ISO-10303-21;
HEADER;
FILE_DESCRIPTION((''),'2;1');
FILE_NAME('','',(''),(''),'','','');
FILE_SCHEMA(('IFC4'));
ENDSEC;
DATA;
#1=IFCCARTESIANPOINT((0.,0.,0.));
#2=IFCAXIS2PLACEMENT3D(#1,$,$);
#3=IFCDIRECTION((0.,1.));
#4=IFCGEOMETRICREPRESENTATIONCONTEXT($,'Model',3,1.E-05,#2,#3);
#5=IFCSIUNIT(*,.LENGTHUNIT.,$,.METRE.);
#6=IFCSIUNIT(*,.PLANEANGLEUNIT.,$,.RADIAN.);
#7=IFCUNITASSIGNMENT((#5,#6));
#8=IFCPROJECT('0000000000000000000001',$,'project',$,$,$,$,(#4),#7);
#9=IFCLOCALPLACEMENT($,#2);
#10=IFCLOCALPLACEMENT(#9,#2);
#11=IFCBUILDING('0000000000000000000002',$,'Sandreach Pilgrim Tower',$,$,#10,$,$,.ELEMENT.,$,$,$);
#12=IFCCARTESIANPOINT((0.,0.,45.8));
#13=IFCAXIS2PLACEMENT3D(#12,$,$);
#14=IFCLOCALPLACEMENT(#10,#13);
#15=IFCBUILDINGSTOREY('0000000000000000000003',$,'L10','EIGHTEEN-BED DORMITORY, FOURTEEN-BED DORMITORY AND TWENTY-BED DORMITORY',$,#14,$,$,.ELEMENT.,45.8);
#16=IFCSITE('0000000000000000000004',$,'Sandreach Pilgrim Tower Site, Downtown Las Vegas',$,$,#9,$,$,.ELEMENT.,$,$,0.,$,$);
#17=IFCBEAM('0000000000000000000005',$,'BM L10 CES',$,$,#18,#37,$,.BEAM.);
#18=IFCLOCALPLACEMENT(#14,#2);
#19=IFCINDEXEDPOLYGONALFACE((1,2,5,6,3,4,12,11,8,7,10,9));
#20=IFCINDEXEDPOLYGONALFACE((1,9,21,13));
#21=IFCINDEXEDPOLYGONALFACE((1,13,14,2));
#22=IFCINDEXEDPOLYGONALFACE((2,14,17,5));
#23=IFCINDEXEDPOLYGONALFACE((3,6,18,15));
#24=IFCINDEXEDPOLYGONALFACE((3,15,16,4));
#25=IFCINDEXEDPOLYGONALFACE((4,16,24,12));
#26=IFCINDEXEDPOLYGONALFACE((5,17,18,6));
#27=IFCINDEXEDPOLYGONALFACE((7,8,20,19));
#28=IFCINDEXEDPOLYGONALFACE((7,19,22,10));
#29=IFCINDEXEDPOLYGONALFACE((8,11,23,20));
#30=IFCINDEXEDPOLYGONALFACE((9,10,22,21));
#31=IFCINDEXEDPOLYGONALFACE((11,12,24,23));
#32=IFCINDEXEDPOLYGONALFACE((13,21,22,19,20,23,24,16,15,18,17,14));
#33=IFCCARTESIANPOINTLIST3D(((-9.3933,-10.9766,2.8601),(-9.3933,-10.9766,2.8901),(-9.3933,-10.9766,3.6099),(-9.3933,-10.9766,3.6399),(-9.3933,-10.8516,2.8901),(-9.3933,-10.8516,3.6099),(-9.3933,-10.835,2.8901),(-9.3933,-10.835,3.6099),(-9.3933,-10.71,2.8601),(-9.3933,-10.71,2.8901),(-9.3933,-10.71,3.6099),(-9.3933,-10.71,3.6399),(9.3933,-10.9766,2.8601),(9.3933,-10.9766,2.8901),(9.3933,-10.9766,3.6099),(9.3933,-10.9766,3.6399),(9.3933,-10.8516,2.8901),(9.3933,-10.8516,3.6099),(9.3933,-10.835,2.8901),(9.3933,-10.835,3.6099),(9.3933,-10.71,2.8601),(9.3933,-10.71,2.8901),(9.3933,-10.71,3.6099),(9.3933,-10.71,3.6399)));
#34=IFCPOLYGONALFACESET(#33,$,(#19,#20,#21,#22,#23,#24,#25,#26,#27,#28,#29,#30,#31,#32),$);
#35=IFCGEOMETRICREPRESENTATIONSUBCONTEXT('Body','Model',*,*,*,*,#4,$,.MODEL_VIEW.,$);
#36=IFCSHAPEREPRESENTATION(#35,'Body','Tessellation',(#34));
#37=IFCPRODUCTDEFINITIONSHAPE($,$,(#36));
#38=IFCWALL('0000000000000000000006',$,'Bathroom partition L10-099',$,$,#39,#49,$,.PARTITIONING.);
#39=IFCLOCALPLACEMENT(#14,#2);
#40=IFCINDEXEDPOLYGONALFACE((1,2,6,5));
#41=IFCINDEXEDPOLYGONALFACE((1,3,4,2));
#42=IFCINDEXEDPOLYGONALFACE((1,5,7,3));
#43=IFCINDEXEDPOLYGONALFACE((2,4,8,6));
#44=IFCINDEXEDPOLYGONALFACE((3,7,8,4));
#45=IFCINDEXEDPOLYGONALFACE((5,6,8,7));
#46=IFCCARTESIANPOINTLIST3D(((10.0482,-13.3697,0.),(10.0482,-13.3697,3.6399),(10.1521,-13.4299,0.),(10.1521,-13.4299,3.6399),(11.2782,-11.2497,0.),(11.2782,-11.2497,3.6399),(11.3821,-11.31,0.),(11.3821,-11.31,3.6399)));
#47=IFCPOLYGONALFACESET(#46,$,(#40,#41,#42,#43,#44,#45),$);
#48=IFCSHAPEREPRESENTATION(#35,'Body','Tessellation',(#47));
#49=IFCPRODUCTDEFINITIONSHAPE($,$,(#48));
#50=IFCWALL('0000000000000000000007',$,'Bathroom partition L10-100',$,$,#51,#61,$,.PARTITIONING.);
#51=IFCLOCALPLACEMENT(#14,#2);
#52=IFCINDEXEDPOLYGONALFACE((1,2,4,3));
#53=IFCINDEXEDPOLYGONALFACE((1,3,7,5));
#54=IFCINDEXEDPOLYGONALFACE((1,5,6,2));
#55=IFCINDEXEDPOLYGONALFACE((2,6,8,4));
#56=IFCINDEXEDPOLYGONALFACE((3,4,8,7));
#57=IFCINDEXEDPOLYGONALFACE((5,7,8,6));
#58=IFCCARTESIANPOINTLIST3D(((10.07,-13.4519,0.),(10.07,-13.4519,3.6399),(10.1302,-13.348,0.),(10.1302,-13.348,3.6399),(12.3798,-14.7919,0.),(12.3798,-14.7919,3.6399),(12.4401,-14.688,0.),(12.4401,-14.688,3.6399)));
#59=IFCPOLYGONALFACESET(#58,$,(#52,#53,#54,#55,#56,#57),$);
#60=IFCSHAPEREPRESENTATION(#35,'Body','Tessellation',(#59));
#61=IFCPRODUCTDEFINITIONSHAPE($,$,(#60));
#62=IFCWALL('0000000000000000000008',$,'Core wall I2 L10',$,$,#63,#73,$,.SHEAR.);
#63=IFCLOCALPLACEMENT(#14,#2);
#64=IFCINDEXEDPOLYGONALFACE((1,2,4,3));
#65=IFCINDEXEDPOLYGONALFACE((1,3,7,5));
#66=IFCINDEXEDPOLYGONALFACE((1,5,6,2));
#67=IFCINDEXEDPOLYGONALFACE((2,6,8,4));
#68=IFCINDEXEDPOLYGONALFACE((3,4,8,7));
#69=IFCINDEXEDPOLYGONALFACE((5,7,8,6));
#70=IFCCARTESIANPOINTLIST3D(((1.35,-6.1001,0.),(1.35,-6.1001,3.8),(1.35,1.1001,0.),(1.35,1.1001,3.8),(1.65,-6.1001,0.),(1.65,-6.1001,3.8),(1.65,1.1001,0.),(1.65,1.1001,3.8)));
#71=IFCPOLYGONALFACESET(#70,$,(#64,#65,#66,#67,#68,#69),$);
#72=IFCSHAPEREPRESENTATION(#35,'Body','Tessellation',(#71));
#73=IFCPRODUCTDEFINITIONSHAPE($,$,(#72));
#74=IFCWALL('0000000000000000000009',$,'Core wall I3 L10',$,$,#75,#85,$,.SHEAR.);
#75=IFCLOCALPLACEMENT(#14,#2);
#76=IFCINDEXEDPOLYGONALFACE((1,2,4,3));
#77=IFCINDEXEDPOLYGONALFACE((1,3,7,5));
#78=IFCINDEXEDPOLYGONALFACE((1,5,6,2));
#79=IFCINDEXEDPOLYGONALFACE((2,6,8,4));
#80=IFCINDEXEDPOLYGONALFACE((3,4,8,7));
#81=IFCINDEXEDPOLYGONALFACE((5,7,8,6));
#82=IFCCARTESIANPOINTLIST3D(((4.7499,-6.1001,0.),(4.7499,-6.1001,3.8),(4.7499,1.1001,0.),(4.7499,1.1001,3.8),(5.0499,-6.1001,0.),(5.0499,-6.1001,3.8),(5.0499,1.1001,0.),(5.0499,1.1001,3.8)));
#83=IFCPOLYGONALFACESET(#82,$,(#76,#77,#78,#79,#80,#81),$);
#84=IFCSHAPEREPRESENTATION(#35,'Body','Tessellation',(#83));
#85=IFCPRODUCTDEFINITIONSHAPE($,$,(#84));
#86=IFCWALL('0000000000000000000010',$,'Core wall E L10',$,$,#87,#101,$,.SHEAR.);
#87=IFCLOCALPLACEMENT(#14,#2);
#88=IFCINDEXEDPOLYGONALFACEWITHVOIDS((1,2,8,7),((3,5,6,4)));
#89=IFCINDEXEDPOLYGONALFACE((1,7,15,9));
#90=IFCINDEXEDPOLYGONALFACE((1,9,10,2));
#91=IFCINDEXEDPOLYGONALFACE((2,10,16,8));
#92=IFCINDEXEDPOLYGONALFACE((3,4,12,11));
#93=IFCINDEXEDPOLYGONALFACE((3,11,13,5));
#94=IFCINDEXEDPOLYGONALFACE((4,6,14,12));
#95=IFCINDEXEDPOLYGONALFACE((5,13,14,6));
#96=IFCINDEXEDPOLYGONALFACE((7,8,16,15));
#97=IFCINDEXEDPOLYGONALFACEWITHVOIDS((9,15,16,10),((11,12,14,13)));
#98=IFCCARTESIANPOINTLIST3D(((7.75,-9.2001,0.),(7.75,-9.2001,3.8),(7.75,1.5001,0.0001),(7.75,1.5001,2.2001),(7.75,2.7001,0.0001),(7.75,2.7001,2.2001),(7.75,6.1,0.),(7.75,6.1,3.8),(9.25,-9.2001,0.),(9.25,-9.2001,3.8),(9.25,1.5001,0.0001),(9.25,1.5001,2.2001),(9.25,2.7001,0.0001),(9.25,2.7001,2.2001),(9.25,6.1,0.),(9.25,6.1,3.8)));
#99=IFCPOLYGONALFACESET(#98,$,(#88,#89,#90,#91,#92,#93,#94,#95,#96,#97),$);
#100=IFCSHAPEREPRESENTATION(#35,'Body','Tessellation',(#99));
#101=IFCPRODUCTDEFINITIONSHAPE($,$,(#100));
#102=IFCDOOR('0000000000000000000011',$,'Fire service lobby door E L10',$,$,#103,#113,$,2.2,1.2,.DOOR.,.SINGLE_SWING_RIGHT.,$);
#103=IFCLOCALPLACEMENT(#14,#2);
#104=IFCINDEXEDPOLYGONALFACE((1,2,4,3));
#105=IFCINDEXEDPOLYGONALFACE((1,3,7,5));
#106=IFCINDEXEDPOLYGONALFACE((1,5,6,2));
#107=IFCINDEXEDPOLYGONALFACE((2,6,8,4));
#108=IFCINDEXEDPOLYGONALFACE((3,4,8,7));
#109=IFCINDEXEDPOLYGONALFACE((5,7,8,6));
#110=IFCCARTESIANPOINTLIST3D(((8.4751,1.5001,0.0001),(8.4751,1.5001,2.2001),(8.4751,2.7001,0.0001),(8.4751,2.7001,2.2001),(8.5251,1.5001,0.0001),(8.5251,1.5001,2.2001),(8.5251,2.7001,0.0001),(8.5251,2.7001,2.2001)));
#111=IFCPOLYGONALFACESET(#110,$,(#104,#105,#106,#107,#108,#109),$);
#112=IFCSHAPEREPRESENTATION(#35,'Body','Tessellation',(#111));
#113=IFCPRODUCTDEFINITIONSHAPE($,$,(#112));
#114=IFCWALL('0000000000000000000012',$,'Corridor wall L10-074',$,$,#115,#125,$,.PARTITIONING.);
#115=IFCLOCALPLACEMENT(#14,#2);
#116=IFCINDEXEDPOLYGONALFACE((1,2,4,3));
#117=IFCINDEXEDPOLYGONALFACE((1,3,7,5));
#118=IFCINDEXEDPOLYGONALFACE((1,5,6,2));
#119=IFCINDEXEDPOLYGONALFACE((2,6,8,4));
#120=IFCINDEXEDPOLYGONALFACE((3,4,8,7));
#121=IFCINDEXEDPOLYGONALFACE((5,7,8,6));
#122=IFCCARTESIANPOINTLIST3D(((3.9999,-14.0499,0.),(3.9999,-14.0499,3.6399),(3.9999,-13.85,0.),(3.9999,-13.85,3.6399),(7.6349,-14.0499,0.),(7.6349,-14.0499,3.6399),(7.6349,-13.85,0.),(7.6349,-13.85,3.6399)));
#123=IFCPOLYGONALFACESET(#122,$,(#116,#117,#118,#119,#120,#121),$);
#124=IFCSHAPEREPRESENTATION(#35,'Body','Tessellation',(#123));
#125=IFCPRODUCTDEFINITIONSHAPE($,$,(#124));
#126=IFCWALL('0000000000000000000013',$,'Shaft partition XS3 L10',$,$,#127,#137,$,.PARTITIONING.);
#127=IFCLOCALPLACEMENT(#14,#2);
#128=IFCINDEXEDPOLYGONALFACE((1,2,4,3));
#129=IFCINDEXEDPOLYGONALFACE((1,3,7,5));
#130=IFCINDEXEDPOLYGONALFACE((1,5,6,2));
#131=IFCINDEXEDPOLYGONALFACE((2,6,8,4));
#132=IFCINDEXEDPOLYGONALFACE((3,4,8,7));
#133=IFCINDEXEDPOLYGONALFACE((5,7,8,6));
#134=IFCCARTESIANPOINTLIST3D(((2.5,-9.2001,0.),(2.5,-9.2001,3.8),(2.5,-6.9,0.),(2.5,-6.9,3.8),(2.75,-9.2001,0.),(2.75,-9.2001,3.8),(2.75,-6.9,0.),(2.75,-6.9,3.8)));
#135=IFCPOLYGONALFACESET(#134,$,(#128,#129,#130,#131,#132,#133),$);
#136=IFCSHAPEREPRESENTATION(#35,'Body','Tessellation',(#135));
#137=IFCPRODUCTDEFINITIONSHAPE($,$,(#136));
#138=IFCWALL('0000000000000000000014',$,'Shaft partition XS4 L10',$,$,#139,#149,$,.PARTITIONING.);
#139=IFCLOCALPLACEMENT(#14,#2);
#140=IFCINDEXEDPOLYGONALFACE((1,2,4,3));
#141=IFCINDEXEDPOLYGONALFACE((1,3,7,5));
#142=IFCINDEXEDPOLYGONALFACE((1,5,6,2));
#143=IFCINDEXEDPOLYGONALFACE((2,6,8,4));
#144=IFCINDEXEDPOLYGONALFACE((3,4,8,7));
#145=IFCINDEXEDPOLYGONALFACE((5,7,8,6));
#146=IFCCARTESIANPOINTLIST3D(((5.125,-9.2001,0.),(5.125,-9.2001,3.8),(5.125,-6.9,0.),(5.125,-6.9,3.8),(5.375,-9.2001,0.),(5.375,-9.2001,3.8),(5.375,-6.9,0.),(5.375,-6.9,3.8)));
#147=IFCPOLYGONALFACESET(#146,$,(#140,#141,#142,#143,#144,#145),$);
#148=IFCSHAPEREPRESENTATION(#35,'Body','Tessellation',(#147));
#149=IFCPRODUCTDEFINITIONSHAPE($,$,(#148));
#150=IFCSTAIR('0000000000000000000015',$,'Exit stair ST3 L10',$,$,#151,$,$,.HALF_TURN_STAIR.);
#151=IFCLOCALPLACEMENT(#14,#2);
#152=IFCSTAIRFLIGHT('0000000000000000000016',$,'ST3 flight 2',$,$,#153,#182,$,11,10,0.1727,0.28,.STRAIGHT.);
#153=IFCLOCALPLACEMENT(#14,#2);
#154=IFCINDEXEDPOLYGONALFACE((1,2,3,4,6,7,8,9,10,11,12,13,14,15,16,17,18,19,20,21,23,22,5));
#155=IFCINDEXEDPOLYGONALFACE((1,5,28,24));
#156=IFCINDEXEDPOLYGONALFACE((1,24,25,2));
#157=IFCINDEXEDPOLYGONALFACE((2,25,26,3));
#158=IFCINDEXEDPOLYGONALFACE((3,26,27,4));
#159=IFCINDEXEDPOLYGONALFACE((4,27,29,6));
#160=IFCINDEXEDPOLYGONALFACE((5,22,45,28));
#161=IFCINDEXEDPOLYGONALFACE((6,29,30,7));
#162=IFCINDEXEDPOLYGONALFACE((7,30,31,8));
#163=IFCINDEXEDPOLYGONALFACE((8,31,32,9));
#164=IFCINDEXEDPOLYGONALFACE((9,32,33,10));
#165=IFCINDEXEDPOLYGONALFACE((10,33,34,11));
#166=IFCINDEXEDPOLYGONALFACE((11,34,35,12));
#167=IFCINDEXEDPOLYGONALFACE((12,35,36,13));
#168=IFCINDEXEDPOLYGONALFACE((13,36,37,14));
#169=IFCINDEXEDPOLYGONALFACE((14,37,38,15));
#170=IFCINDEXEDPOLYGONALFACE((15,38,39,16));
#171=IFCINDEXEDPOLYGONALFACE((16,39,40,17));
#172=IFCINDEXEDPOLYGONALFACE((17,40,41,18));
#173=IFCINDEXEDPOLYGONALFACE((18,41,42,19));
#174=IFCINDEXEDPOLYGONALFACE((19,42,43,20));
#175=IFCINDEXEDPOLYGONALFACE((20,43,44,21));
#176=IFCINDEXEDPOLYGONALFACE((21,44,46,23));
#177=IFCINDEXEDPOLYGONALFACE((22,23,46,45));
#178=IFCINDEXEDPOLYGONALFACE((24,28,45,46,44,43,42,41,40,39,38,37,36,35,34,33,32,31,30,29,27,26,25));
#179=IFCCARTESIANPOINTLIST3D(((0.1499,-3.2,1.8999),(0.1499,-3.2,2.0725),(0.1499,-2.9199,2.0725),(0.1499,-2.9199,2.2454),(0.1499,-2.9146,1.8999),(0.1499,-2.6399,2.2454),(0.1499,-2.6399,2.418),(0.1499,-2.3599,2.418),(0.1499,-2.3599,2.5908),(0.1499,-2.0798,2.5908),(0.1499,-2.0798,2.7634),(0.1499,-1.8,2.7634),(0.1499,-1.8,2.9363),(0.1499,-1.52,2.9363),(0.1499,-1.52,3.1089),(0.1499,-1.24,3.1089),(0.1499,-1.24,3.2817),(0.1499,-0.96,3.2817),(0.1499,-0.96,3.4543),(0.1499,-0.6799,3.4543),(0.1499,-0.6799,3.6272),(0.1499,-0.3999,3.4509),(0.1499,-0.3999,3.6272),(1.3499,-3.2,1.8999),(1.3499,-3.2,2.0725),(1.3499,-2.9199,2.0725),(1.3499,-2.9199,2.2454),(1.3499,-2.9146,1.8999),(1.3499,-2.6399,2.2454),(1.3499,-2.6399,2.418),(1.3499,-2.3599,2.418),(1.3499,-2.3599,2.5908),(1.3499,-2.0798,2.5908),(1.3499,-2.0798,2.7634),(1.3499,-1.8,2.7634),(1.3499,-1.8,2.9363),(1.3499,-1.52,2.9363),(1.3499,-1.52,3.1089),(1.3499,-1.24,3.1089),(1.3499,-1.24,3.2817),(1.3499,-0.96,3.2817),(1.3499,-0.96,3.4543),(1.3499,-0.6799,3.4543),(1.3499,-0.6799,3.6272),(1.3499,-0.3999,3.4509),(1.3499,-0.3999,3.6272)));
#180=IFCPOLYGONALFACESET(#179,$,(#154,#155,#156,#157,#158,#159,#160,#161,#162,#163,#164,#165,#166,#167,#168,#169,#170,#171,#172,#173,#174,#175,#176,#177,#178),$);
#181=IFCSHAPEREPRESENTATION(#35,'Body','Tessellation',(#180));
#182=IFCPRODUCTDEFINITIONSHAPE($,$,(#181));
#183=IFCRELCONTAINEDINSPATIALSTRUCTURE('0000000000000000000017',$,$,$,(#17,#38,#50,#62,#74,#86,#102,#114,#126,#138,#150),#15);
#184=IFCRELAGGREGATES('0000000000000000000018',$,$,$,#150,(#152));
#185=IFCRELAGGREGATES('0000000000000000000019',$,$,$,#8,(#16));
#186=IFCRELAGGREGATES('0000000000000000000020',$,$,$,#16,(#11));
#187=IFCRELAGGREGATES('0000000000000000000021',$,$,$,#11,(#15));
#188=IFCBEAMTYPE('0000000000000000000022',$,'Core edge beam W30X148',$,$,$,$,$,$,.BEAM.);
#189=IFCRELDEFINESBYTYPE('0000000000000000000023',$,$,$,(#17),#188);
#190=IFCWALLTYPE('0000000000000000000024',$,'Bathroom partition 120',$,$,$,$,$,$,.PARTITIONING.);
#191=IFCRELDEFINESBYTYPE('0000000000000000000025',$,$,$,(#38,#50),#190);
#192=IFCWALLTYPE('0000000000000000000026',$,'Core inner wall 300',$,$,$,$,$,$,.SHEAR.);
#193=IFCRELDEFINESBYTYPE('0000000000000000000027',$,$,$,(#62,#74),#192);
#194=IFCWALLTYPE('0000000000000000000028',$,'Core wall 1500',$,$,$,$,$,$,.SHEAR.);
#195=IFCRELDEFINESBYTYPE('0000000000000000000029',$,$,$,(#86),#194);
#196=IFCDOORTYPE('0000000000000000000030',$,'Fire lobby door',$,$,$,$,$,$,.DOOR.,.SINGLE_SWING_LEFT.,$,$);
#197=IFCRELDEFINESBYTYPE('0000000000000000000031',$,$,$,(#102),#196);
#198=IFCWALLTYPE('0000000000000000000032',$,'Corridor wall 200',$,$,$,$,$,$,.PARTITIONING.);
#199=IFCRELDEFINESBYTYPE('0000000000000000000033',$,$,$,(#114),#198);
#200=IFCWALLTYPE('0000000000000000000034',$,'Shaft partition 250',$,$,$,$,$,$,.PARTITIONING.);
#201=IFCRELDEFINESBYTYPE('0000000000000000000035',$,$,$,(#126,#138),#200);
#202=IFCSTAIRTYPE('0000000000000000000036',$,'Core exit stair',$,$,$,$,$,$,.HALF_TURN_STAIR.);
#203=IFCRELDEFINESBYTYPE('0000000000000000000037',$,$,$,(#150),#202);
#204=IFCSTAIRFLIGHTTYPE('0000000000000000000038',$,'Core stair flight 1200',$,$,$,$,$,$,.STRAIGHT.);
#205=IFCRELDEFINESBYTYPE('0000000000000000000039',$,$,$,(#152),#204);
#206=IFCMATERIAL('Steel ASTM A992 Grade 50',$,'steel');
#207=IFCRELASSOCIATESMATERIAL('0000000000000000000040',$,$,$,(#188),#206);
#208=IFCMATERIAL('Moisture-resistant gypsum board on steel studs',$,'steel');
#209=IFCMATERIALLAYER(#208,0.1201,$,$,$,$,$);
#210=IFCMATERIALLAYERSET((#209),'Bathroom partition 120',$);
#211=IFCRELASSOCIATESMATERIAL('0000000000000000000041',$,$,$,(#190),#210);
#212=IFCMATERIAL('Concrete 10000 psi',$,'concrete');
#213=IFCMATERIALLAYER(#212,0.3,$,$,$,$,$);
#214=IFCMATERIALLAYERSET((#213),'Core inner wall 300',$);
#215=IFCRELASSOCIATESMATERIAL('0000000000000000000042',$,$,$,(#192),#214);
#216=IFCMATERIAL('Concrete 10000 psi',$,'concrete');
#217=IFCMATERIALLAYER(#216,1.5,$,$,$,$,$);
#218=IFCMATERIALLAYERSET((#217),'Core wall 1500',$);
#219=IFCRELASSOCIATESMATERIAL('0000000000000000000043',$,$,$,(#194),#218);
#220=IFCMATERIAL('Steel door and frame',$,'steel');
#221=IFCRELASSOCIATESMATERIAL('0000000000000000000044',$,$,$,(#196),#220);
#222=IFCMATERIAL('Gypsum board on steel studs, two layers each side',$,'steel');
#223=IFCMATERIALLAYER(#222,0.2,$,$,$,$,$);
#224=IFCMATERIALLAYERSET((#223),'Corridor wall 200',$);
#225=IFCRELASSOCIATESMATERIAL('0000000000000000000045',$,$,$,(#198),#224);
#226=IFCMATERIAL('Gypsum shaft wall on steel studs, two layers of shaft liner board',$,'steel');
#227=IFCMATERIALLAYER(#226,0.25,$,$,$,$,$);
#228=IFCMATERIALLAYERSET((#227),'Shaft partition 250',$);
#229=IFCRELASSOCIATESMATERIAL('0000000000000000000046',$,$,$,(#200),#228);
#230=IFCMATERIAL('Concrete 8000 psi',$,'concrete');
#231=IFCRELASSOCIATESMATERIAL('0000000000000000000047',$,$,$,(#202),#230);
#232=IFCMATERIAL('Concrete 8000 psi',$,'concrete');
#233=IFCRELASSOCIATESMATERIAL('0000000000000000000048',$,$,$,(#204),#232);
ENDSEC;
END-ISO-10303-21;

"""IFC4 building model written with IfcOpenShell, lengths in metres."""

from ifc_helpers import new_model, si_unit, direction, frame, frame_2d, origin, origin_2d, place, context, subcontext, project, spatial, polyline, rectangle, i_section, outline, extrude, material, layer, layer_set, material_profile, profile_set, type_object, element, fill, aggregate, save


model = new_model("IFC4")

# Units and contexts
model_context = context("Model", 3, precision=1e-05, world=origin(), true_north=direction((0.0, 1.0)))
body_context = subcontext(model_context, "Body", "Model", "MODEL_VIEW")
ifc_project = project(units=[si_unit("LENGTHUNIT", "METRE"), si_unit("PLANEANGLEUNIT", "RADIAN")], contexts=[model_context])

# Site, building, storey
site_placement = place(None, origin())
site = spatial("IfcSite", under=ifc_project, at=site_placement, Name="Sandreach Pilgrim Tower Site, Downtown Las Vegas", CompositionType="ELEMENT", RefElevation=0.0)
building_placement = place(site_placement, origin())
building = spatial("IfcBuilding", under=site, at=building_placement, Name="Sandreach Pilgrim Tower", CompositionType="ELEMENT")
storey_placement = place(building_placement, frame((0.0, 0.0, 45.8)))
storey = spatial("IfcBuildingStorey", under=building, at=storey_placement, Name="L10", Description="EIGHTEEN-BED DORMITORY, FOURTEEN-BED DORMITORY AND TWENTY-BED DORMITORY", CompositionType="ELEMENT", Elevation=45.8)

# Beam
ifc_material_1 = material(Name="Steel ASTM A992 Grade 50", Category="steel")
ifc_material_profile = material_profile(ifc_material_1, i_section(OverallWidth=0.2666, OverallDepth=0.7798, WebThickness=0.0166, FlangeThickness=0.03, at=origin_2d()), Name="W30X148")
ifc_profile_set = profile_set([ifc_material_profile], Name="Steel ASTM A992 Grade 50")
beam_type = type_object("IfcBeamType", Name="Core edge beam W30X148", PredefinedType="BEAM", material=ifc_profile_set)
beam_placement = place(storey_placement, frame((9.3933, -10.8433, 3.25), z_axis=(-1.0, 0.0, 0.0), x_axis=(0.0, -1.0, 0.0)))
element("IfcBeam", 1, at=beam_placement, inside=storey, type_object=beam_type, Name="BM L10 CES", PredefinedType="BEAM", context=body_context, shape_type="SweptSolid", body=[
    extrude(i_section(OverallWidth=0.2666, OverallDepth=0.7798, WebThickness=0.0166, FlangeThickness=0.03, at=origin_2d()), origin(), (0.0, 0.0, 1.0), 18.7866),
])

# Walls
ifc_material_2 = material(Name="Moisture-resistant gypsum board on steel studs", Category="steel")
ifc_layer_1 = layer(ifc_material_2, 0.1201)
ifc_layer_set_1 = layer_set([ifc_layer_1], Name="Bathroom partition 120")
wall_type_1 = type_object("IfcWallType", Name="Bathroom partition 120", PredefinedType="PARTITIONING", material=ifc_layer_set_1)
wall_1_placement = place(storey_placement, frame((10.1001, -13.3999, 0.0), z_axis=(0.0, 0.0, 1.0), x_axis=(0.501857, 0.864951, 0.0)))
element("IfcWall", 2, at=wall_1_placement, inside=storey, type_object=wall_type_1, Name="Bathroom partition L10-099", PredefinedType="PARTITIONING", context=body_context, shape_type="SweptSolid", body=[
    extrude(rectangle(XDim=2.4509, YDim=0.1201, at=frame_2d((1.2256, 0.0))), origin(), (0.0, 0.0, 1.0), 3.6399),
])
wall_2_placement = place(storey_placement, frame((10.1001, -13.3999, 0.0), z_axis=(0.0, 0.0, 1.0), x_axis=(0.864967, -0.501829, 0.0)))
element("IfcWall", 3, at=wall_2_placement, inside=storey, type_object=wall_type_1, Name="Bathroom partition L10-100", PredefinedType="PARTITIONING", context=body_context, shape_type="SweptSolid", body=[
    extrude(rectangle(XDim=2.6704, YDim=0.1201, at=frame_2d((1.3352, 0.0))), origin(), (0.0, 0.0, 1.0), 3.6399),
])
ifc_material_3 = material(Name="Concrete 10000 psi", Category="concrete")
ifc_layer_2 = layer(ifc_material_3, 0.3)
ifc_layer_set_2 = layer_set([ifc_layer_2], Name="Core inner wall 300")
wall_type_2 = type_object("IfcWallType", Name="Core inner wall 300", PredefinedType="SHEAR", material=ifc_layer_set_2)
for number, where, z_axis, x_axis, name in (
    (4, (1.5, -6.1001, 0.0), (0.0, 0.0, 1.0), (0.0, 1.0, 0.0), "Core wall I2 L10"),
    (5, (4.8999, -6.1001, 0.0), (0.0, 0.0, 1.0), (0.0, 1.0, 0.0), "Core wall I3 L10"),
):
    element("IfcWall", number, at=place(storey_placement, frame(where, z_axis=z_axis, x_axis=x_axis)), inside=storey, type_object=wall_type_2, Name=name, PredefinedType="SHEAR", context=body_context, shape_type="SweptSolid", body=[
        extrude(rectangle(XDim=7.2002, YDim=0.3, at=frame_2d((3.6001, 0.0))), origin(), (0.0, 0.0, 1.0), 3.8),
    ])

# Wall, opening, door
ifc_material_4 = material(Name="Concrete 10000 psi", Category="concrete")
ifc_layer_3 = layer(ifc_material_4, 1.5)
ifc_layer_set_3 = layer_set([ifc_layer_3], Name="Core wall 1500")
wall_type_3 = type_object("IfcWallType", Name="Core wall 1500", PredefinedType="SHEAR", material=ifc_layer_set_3)
wall_3_placement = place(storey_placement, frame((8.5, -9.2, 0.0), z_axis=(0.0, 0.0, 1.0), x_axis=(0.0, 1.0, 0.0)))
wall_3 = element("IfcWall", 6, at=wall_3_placement, inside=storey, type_object=wall_type_3, Name="Core wall E L10", PredefinedType="SHEAR", context=body_context, shape_type="SweptSolid", body=[
    extrude(rectangle(XDim=15.3, YDim=1.5, at=frame_2d((7.6499, 0.0))), origin(), (0.0, 0.0, 1.0), 3.8),
])
opening_1_placement = place(wall_3_placement, frame((10.7, 0.0, 0.0)))
opening_1 = element("IfcOpeningElement", 7, at=opening_1_placement, cuts=wall_3, PredefinedType="OPENING", context=body_context, shape_type="SweptSolid", body=[
    extrude(rectangle(XDim=1.2, YDim=2.2, at=frame_2d((0.6001, 1.1001))), frame((0.0, 0.75, 0.0), z_axis=(0.0, -1.0, 0.0), x_axis=(1.0, 0.0, 0.0)), (0.0, 0.0, 1.0), 1.5),
])
ifc_material_5 = material(Name="Steel door and frame", Category="steel")
door_type_1 = type_object("IfcDoorType", Name="Fire lobby door", OperationType="SINGLE_SWING_LEFT", PredefinedType="DOOR", material=ifc_material_5)
door_1_placement = place(opening_1_placement, origin())
door_1 = element("IfcDoor", 8, at=door_1_placement, inside=storey, type_object=door_type_1, Name="Fire service lobby door E L10", OperationType="SINGLE_SWING_RIGHT", OverallHeight=2.2, OverallWidth=1.2, PredefinedType="DOOR", context=body_context, shape_type="SweptSolid", body=[
    extrude(rectangle(XDim=1.2, YDim=2.2, at=frame_2d((0.6001, 1.1001))), frame((0.0, 0.0249, 0.0), z_axis=(0.0, -1.0, 0.0), x_axis=(1.0, 0.0, 0.0)), (0.0, 0.0, 1.0), 0.05),
])
fill(opening_1, door_1)
ifc_material_6 = material(Name="Gypsum board on steel studs, two layers each side", Category="steel")
ifc_layer_4 = layer(ifc_material_6, 0.2)
ifc_layer_set_4 = layer_set([ifc_layer_4], Name="Corridor wall 200")
wall_type_4 = type_object("IfcWallType", Name="Corridor wall 200", PredefinedType="PARTITIONING", material=ifc_layer_set_4)

# Wall
wall_4_placement = place(storey_placement, frame((4.0, -13.95, 0.0), z_axis=(0.0, 0.0, 1.0), x_axis=(1.0, 0.0, 0.0)))
element("IfcWall", 9, at=wall_4_placement, inside=storey, type_object=wall_type_4, Name="Corridor wall L10-074", PredefinedType="PARTITIONING", context=body_context, shape_type="SweptSolid", body=[
    extrude(rectangle(XDim=3.635, YDim=0.2, at=frame_2d((1.8174, 0.0))), origin(), (0.0, 0.0, 1.0), 3.6399),
])

# Walls
ifc_material_7 = material(Name="Gypsum shaft wall on steel studs, two layers of shaft liner board", Category="steel")
ifc_layer_5 = layer(ifc_material_7, 0.25)
ifc_layer_set_5 = layer_set([ifc_layer_5], Name="Shaft partition 250")
wall_type_5 = type_object("IfcWallType", Name="Shaft partition 250", PredefinedType="PARTITIONING", material=ifc_layer_set_5)
for number, where, z_axis, x_axis, name in (
    (10, (2.625, -9.2, 0.0), (0.0, 0.0, 1.0), (0.0, 1.0, 0.0), "Shaft partition XS3 L10"),
    (11, (5.25, -9.2, 0.0), (0.0, 0.0, 1.0), (0.0, 1.0, 0.0), "Shaft partition XS4 L10"),
):
    element("IfcWall", number, at=place(storey_placement, frame(where, z_axis=z_axis, x_axis=x_axis)), inside=storey, type_object=wall_type_5, Name=name, PredefinedType="PARTITIONING", context=body_context, shape_type="SweptSolid", body=[
        extrude(rectangle(XDim=2.3, YDim=0.25, at=frame_2d((1.1499, 0.0))), origin(), (0.0, 0.0, 1.0), 3.8),
    ])

# Stair, stair flight
ifc_material_8 = material(Name="Concrete 8000 psi", Category="concrete")
stair_type = type_object("IfcStairType", Name="Core exit stair", PredefinedType="HALF_TURN_STAIR", material=ifc_material_8)
stair_placement = place(storey_placement, origin())
stair = element("IfcStair", 12, at=stair_placement, inside=storey, type_object=stair_type, Name="Exit stair ST3 L10", PredefinedType="HALF_TURN_STAIR")
ifc_material_9 = material(Name="Concrete 8000 psi", Category="concrete")
stair_flight_type = type_object("IfcStairFlightType", Name="Core stair flight 1200", PredefinedType="STRAIGHT", material=ifc_material_9)
stair_flight_placement = place(storey_placement, frame((0.75, -3.2, 1.8999), z_axis=(0.0, 0.0, 1.0), x_axis=(0.0, 1.0, 0.0)))
stair_flight = element("IfcStairFlight", 13, at=stair_flight_placement, type_object=stair_flight_type, Name="ST3 flight 2", NumberOfRisers=11, NumberOfTreads=10, PredefinedType="STRAIGHT", RiserHeight=0.1727, TreadLength=0.28, context=body_context, shape_type="SweptSolid", body=[
    extrude(outline(polyline([(0.0, 0.0), (0.0, 0.1726), (0.28, 0.1726), (0.28, 0.3455), (0.5601, 0.3455), (0.5601, 0.5181), (0.8401, 0.5181), (0.8401, 0.6909), (1.1201, 0.6909), (1.1201, 0.8635), (1.3999, 0.8635), (1.3999, 1.0364), (1.6799, 1.0364), (1.6799, 1.209), (1.96, 1.209), (1.96, 1.3818), (2.24, 1.3818), (2.24, 1.5544), (2.52, 1.5544), (2.52, 1.7273), (2.8, 1.7273), (2.8, 1.8999), (2.8, 1.551), (0.2854, 0.0), (0.0, 0.0)])), frame((0.0, 0.6001, 0.0), z_axis=(0.0, -1.0, 0.0), x_axis=(1.0, 0.0, 0.0)), (0.0, 0.0, 1.0), 1.2),
])
aggregate(stair, [stair_flight])

save(model, "model.ifc")
